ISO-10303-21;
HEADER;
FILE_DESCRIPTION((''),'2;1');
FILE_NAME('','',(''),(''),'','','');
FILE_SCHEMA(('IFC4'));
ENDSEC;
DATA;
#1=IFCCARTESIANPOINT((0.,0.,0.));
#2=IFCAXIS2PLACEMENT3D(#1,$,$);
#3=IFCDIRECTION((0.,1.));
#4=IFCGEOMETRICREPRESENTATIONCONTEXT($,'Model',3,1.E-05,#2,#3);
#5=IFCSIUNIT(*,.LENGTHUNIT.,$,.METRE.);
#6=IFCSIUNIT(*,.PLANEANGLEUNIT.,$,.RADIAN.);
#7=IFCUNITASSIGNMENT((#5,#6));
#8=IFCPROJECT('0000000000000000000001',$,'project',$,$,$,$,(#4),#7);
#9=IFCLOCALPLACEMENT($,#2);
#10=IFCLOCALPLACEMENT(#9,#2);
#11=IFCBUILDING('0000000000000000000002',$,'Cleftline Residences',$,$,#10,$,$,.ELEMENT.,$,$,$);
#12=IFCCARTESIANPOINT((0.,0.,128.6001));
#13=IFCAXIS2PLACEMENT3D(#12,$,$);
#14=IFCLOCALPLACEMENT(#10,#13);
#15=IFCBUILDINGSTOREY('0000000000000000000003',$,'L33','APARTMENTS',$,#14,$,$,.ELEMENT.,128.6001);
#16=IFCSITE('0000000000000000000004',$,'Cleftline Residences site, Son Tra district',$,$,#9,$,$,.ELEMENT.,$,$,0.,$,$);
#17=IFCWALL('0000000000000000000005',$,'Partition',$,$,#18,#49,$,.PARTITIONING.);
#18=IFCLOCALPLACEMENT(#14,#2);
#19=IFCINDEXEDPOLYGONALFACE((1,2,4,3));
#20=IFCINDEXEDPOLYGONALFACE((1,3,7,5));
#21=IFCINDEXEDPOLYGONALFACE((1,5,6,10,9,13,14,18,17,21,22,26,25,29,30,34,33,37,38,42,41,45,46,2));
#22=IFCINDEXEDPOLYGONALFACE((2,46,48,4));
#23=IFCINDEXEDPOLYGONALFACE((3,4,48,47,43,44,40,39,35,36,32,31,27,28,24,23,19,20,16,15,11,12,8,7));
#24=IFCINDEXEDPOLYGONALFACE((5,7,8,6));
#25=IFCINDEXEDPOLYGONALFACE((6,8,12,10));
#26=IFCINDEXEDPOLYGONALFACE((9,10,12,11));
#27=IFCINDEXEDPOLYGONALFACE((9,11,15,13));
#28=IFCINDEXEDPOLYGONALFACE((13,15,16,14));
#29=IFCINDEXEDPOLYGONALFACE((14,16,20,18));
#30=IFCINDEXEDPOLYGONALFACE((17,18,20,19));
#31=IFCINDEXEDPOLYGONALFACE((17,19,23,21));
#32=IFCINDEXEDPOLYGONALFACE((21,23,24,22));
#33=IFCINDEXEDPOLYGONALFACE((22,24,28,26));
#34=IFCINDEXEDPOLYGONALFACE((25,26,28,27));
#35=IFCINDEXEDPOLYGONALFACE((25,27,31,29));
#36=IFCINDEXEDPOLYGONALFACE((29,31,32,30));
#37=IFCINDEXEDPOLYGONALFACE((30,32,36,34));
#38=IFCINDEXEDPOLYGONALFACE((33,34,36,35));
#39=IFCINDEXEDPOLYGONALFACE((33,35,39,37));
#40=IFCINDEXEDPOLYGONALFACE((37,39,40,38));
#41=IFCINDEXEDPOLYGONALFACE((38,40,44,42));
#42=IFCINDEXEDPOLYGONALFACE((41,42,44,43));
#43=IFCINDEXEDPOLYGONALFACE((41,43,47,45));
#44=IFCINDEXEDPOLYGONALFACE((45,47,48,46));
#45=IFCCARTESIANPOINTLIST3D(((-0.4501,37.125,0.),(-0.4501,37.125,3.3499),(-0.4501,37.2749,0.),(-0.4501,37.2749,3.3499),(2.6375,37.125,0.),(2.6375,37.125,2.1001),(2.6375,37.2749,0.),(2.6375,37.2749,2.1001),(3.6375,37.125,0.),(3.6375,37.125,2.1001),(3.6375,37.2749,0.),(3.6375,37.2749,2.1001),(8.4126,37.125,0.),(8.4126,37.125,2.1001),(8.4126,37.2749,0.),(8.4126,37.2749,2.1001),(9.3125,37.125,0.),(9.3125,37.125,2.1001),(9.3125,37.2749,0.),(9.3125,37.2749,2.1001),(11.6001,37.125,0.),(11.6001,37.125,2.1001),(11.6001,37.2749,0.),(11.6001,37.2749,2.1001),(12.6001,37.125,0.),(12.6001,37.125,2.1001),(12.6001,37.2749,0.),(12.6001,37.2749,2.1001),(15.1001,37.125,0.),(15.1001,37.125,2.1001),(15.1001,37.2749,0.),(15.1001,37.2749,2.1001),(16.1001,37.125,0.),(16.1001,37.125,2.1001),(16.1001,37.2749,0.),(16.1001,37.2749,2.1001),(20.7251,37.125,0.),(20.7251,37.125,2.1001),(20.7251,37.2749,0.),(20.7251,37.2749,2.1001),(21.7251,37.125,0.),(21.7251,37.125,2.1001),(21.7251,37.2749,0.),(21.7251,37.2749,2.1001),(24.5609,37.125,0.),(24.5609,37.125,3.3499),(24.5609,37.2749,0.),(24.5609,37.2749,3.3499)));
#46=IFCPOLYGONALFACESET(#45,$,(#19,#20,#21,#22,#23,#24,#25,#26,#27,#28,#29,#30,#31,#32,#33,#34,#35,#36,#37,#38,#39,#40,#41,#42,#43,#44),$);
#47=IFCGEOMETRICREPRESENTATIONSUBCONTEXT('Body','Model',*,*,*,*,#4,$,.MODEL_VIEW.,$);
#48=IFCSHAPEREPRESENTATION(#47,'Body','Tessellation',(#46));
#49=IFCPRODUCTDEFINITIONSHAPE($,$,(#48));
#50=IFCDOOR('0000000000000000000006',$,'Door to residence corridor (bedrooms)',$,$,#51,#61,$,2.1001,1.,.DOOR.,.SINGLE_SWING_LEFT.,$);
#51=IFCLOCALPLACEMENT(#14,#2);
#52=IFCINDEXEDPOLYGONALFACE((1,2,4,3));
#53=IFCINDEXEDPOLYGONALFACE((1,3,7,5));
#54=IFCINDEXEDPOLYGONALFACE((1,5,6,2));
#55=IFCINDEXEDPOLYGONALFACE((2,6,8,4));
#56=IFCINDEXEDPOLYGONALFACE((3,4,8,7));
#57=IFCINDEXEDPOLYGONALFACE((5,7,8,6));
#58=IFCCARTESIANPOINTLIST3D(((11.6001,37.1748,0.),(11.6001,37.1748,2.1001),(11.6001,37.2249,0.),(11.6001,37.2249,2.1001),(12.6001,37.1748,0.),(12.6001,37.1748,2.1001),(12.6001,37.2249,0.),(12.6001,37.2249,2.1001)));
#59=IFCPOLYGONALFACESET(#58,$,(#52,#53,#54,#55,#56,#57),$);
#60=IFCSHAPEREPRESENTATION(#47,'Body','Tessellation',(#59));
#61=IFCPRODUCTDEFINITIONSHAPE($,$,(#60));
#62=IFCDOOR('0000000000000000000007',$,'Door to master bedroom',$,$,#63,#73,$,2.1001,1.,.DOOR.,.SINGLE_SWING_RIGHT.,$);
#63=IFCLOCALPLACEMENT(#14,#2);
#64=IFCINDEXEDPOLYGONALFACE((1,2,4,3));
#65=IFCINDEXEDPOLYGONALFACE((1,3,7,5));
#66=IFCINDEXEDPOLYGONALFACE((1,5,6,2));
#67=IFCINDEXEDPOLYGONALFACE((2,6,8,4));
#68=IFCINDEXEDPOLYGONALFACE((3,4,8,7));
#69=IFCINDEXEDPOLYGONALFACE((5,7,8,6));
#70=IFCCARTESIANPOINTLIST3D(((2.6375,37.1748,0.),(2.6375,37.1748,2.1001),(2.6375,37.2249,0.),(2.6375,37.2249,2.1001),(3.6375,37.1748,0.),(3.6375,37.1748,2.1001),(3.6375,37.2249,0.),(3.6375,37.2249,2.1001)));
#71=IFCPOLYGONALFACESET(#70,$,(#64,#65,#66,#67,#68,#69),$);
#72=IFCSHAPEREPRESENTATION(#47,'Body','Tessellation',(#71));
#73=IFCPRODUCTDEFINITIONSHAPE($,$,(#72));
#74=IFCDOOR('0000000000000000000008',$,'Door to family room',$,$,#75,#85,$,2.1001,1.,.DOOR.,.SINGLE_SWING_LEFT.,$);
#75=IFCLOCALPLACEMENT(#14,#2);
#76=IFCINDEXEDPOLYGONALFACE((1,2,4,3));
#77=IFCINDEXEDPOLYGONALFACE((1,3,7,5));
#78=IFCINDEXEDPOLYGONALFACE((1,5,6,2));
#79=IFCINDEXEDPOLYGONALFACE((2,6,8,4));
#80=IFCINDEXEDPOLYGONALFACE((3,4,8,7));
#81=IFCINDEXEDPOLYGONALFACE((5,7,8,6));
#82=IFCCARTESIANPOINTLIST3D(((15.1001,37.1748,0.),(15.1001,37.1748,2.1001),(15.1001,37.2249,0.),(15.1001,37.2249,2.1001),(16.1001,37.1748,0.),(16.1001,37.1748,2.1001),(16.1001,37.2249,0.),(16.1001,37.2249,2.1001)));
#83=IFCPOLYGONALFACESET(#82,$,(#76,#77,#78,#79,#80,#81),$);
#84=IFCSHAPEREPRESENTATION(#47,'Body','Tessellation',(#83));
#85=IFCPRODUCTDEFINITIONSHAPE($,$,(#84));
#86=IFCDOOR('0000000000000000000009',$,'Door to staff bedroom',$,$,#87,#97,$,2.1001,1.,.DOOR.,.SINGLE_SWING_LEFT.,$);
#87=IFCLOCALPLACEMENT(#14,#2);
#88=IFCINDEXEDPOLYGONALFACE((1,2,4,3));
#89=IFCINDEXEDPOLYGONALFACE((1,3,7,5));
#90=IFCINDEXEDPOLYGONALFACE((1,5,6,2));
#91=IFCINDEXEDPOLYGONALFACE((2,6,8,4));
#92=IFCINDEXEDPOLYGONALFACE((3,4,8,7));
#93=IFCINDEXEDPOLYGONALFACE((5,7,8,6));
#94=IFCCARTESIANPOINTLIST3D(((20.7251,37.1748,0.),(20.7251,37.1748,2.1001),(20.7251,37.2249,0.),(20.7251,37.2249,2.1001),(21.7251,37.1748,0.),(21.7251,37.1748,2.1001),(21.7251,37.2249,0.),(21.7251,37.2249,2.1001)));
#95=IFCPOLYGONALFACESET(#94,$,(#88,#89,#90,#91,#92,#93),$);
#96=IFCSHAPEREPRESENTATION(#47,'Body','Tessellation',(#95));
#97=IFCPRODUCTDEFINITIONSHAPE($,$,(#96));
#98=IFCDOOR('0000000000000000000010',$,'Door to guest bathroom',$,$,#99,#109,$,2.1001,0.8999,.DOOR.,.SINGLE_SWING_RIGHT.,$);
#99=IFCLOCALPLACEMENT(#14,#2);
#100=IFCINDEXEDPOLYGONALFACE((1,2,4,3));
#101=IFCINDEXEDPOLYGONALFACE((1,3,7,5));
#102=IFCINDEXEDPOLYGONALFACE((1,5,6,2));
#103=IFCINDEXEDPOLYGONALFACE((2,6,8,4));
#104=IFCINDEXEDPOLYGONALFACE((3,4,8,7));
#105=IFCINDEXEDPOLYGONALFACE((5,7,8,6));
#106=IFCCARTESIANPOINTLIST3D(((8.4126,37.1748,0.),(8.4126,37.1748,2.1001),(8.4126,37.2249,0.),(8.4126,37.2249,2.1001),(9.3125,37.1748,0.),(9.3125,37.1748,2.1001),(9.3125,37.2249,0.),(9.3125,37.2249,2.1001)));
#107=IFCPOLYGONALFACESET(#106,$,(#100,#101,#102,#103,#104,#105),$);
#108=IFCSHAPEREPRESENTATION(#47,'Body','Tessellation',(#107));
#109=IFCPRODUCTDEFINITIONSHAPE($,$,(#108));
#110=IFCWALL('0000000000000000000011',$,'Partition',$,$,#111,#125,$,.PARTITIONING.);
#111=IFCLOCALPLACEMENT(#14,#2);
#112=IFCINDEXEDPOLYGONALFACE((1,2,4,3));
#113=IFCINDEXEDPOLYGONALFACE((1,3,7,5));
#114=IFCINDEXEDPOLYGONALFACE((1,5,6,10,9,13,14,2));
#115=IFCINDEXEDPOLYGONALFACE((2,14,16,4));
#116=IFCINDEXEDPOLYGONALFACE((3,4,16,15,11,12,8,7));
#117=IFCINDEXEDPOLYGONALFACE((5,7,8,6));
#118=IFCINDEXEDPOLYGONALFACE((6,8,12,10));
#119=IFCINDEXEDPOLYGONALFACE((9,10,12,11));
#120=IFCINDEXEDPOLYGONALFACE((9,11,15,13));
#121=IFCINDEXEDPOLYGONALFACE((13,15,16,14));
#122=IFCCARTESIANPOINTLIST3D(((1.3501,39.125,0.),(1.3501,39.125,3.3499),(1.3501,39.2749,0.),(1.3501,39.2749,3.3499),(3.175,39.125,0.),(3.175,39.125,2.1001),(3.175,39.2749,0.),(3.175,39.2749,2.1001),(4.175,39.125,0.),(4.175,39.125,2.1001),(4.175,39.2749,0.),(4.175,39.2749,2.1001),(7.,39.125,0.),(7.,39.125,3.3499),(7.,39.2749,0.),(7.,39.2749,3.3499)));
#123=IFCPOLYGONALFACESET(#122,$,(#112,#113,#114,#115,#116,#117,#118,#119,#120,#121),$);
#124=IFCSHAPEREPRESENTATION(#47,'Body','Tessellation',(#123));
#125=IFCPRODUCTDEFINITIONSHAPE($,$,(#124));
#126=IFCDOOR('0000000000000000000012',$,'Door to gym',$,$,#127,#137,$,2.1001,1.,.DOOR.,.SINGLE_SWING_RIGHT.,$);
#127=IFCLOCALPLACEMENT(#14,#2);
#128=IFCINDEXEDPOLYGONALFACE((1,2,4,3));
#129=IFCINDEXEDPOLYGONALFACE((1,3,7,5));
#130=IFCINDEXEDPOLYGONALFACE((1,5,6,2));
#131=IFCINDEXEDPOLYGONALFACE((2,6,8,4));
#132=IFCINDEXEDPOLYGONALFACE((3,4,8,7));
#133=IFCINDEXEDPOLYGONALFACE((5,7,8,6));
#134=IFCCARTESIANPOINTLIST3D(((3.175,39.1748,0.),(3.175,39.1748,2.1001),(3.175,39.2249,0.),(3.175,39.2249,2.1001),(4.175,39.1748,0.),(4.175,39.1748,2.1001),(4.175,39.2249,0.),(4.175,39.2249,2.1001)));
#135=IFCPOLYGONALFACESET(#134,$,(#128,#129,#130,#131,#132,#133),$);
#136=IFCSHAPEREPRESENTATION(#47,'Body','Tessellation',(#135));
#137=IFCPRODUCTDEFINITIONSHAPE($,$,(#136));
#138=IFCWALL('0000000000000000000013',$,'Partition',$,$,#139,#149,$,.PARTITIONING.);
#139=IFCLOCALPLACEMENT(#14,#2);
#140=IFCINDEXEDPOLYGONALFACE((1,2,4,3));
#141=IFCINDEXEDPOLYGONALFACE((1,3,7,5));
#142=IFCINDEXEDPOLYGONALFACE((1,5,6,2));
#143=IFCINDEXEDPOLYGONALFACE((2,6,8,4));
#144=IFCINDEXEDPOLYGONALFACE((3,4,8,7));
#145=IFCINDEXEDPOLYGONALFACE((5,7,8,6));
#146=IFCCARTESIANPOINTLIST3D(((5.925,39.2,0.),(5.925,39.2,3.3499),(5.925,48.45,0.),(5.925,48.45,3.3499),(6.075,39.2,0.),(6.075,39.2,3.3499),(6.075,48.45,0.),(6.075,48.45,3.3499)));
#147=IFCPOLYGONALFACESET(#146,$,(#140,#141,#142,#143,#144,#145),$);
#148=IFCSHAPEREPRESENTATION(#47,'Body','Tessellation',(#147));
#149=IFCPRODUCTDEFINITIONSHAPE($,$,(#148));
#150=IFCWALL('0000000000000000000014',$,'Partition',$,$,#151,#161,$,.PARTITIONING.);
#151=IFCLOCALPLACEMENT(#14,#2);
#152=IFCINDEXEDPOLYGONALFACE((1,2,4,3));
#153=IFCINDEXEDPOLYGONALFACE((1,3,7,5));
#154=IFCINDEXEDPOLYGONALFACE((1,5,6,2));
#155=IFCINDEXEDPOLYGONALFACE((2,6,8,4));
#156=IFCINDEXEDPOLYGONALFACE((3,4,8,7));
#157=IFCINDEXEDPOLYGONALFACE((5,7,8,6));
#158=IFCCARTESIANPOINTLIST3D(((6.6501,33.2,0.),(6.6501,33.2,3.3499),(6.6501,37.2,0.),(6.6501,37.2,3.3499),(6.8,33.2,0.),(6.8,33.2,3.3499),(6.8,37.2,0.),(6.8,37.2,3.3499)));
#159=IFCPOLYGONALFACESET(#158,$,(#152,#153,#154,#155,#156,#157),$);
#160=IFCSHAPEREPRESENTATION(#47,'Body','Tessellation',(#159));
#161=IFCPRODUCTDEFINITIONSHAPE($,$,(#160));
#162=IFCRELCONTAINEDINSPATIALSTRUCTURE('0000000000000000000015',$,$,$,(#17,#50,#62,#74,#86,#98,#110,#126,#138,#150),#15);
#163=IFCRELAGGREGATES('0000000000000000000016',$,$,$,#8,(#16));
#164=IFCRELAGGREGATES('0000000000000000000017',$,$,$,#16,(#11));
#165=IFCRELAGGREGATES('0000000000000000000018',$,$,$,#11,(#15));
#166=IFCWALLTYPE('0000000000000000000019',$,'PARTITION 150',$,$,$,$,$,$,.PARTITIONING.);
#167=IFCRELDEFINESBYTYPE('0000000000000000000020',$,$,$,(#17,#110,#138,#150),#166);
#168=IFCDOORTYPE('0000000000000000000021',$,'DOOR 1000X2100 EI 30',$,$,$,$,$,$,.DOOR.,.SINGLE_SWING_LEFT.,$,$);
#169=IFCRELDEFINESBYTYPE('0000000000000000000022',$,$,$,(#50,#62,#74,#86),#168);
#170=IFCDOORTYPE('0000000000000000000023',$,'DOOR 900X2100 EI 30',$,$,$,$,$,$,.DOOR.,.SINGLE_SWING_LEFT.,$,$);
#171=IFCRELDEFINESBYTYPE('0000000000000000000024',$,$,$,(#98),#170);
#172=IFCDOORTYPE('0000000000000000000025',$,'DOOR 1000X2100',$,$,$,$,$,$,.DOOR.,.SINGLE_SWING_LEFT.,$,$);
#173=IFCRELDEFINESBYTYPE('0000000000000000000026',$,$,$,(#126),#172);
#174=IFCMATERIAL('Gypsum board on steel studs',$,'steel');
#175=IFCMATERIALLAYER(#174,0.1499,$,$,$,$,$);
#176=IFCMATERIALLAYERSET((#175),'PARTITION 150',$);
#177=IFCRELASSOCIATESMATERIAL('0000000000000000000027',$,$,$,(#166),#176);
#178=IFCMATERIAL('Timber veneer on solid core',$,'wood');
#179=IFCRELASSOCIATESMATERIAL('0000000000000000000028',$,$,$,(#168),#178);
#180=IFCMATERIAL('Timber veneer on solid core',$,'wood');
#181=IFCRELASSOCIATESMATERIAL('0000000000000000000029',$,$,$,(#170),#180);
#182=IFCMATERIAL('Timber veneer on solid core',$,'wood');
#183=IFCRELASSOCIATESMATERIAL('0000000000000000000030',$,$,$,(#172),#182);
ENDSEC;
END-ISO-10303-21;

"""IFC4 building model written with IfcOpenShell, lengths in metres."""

from ifc_helpers import new_model, si_unit, direction, frame, frame_2d, origin, place, context, subcontext, project, spatial, rectangle, extrude, material, layer, layer_set, type_object, element, fill, save


model = new_model("IFC4")

# Units and contexts
model_context = context("Model", 3, precision=1e-05, world=origin(), true_north=direction((0.0, 1.0)))
body_context = subcontext(model_context, "Body", "Model", "MODEL_VIEW")
ifc_project = project(units=[si_unit("LENGTHUNIT", "METRE"), si_unit("PLANEANGLEUNIT", "RADIAN")], contexts=[model_context])

# Site, building, storey
site_placement = place(None, origin())
site = spatial("IfcSite", under=ifc_project, at=site_placement, Name="Cleftline Residences site, Son Tra district", CompositionType="ELEMENT", RefElevation=0.0)
building_placement = place(site_placement, origin())
building = spatial("IfcBuilding", under=site, at=building_placement, Name="Cleftline Residences", CompositionType="ELEMENT")
storey_placement = place(building_placement, frame((0.0, 0.0, 128.6001)))
storey = spatial("IfcBuildingStorey", under=building, at=storey_placement, Name="L33", Description="APARTMENTS", CompositionType="ELEMENT", Elevation=128.6001)

# Shared definitions
ifc_material_1 = material(Name="Gypsum board on steel studs", Category="steel")
ifc_layer = layer(ifc_material_1, 0.1499)
ifc_layer_set = layer_set([ifc_layer], Name="PARTITION 150")
wall_type = type_object("IfcWallType", Name="PARTITION 150", PredefinedType="PARTITIONING", material=ifc_layer_set)

# Wall, openings, doors
wall_1_placement = place(storey_placement, frame((-0.45, 37.2, 0.0), z_axis=(0.0, 0.0, 1.0), x_axis=(1.0, 0.0, 0.0)))
wall_1 = element("IfcWall", 1, at=wall_1_placement, inside=storey, type_object=wall_type, Name="Partition", PredefinedType="PARTITIONING", context=body_context, shape_type="SweptSolid", body=[
    extrude(rectangle(XDim=25.011, YDim=0.1499, at=frame_2d((12.5054, 0.0))), origin(), (0.0, 0.0, 1.0), 3.3499),
])
opening_1_placement = place(wall_1_placement, frame((12.05, 0.0, 0.0)))
opening_1 = element("IfcOpeningElement", 2, at=opening_1_placement, cuts=wall_1, PredefinedType="OPENING", context=body_context, shape_type="SweptSolid", body=[
    extrude(rectangle(XDim=1.0, YDim=2.1001, at=frame_2d((0.5, 1.05))), frame((0.0, 0.085, 0.0), z_axis=(0.0, -1.0, 0.0), x_axis=(1.0, 0.0, 0.0)), (0.0, 0.0, 1.0), 0.1699),
])
opening_2_placement = place(wall_1_placement, frame((3.0874, 0.0, 0.0)))
opening_2 = element("IfcOpeningElement", 3, at=opening_2_placement, cuts=wall_1, PredefinedType="OPENING", context=body_context, shape_type="SweptSolid", body=[
    extrude(rectangle(XDim=1.0, YDim=2.1001, at=frame_2d((0.5, 1.05))), frame((0.0, 0.085, 0.0), z_axis=(0.0, -1.0, 0.0), x_axis=(1.0, 0.0, 0.0)), (0.0, 0.0, 1.0), 0.1699),
])
opening_3_placement = place(wall_1_placement, frame((8.8625, 0.0, 0.0)))
opening_3 = element("IfcOpeningElement", 4, at=opening_3_placement, cuts=wall_1, PredefinedType="OPENING", context=body_context, shape_type="SweptSolid", body=[
    extrude(rectangle(XDim=0.8999, YDim=2.1001, at=frame_2d((0.45, 1.05))), frame((0.0, 0.085, 0.0), z_axis=(0.0, -1.0, 0.0), x_axis=(1.0, 0.0, 0.0)), (0.0, 0.0, 1.0), 0.1699),
])
opening_4_placement = place(wall_1_placement, frame((15.55, 0.0, 0.0)))
opening_4 = element("IfcOpeningElement", 5, at=opening_4_placement, cuts=wall_1, PredefinedType="OPENING", context=body_context, shape_type="SweptSolid", body=[
    extrude(rectangle(XDim=1.0, YDim=2.1001, at=frame_2d((0.5, 1.05))), frame((0.0, 0.085, 0.0), z_axis=(0.0, -1.0, 0.0), x_axis=(1.0, 0.0, 0.0)), (0.0, 0.0, 1.0), 0.1699),
])
opening_5_placement = place(wall_1_placement, frame((21.175, 0.0, 0.0)))
opening_5 = element("IfcOpeningElement", 6, at=opening_5_placement, cuts=wall_1, PredefinedType="OPENING", context=body_context, shape_type="SweptSolid", body=[
    extrude(rectangle(XDim=1.0, YDim=2.1001, at=frame_2d((0.5, 1.05))), frame((0.0, 0.085, 0.0), z_axis=(0.0, -1.0, 0.0), x_axis=(1.0, 0.0, 0.0)), (0.0, 0.0, 1.0), 0.1699),
])
ifc_material_2 = material(Name="Timber veneer on solid core", Category="wood")
door_type_1 = type_object("IfcDoorType", Name="DOOR 1000X2100 EI 30", OperationType="SINGLE_SWING_LEFT", PredefinedType="DOOR", material=ifc_material_2)
door_1_placement = place(opening_1_placement, origin())
door_1 = element("IfcDoor", 7, at=door_1_placement, inside=storey, type_object=door_type_1, Name="Door to residence corridor (bedrooms)", OperationType="SINGLE_SWING_LEFT", OverallHeight=2.1001, OverallWidth=1.0, PredefinedType="DOOR", context=body_context, shape_type="SweptSolid", body=[
    extrude(rectangle(XDim=1.0, YDim=2.1001, at=frame_2d((0.5, 1.05))), frame((0.0, 0.0249, 0.0), z_axis=(0.0, -1.0, 0.0), x_axis=(1.0, 0.0, 0.0)), (0.0, 0.0, 1.0), 0.05),
])
fill(opening_1, door_1)
door_2_placement = place(opening_2_placement, origin())
door_2 = element("IfcDoor", 8, at=door_2_placement, inside=storey, type_object=door_type_1, Name="Door to master bedroom", OperationType="SINGLE_SWING_RIGHT", OverallHeight=2.1001, OverallWidth=1.0, PredefinedType="DOOR", context=body_context, shape_type="SweptSolid", body=[
    extrude(rectangle(XDim=1.0, YDim=2.1001, at=frame_2d((0.5, 1.05))), frame((0.0, 0.0249, 0.0), z_axis=(0.0, -1.0, 0.0), x_axis=(1.0, 0.0, 0.0)), (0.0, 0.0, 1.0), 0.05),
])
fill(opening_2, door_2)
door_3_placement = place(opening_4_placement, origin())
door_3 = element("IfcDoor", 9, at=door_3_placement, inside=storey, type_object=door_type_1, Name="Door to family room", OperationType="SINGLE_SWING_LEFT", OverallHeight=2.1001, OverallWidth=1.0, PredefinedType="DOOR", context=body_context, shape_type="SweptSolid", body=[
    extrude(rectangle(XDim=1.0, YDim=2.1001, at=frame_2d((0.5, 1.05))), frame((0.0, 0.0249, 0.0), z_axis=(0.0, -1.0, 0.0), x_axis=(1.0, 0.0, 0.0)), (0.0, 0.0, 1.0), 0.05),
])
fill(opening_4, door_3)
door_4_placement = place(opening_5_placement, origin())
door_4 = element("IfcDoor", 10, at=door_4_placement, inside=storey, type_object=door_type_1, Name="Door to staff bedroom", OperationType="SINGLE_SWING_LEFT", OverallHeight=2.1001, OverallWidth=1.0, PredefinedType="DOOR", context=body_context, shape_type="SweptSolid", body=[
    extrude(rectangle(XDim=1.0, YDim=2.1001, at=frame_2d((0.5, 1.05))), frame((0.0, 0.0249, 0.0), z_axis=(0.0, -1.0, 0.0), x_axis=(1.0, 0.0, 0.0)), (0.0, 0.0, 1.0), 0.05),
])
fill(opening_5, door_4)
ifc_material_3 = material(Name="Timber veneer on solid core", Category="wood")
door_type_2 = type_object("IfcDoorType", Name="DOOR 900X2100 EI 30", OperationType="SINGLE_SWING_LEFT", PredefinedType="DOOR", material=ifc_material_3)
door_5_placement = place(opening_3_placement, origin())
door_5 = element("IfcDoor", 11, at=door_5_placement, inside=storey, type_object=door_type_2, Name="Door to guest bathroom", OperationType="SINGLE_SWING_RIGHT", OverallHeight=2.1001, OverallWidth=0.8999, PredefinedType="DOOR", context=body_context, shape_type="SweptSolid", body=[
    extrude(rectangle(XDim=0.8999, YDim=2.1001, at=frame_2d((0.45, 1.05))), frame((0.0, 0.0249, 0.0), z_axis=(0.0, -1.0, 0.0), x_axis=(1.0, 0.0, 0.0)), (0.0, 0.0, 1.0), 0.05),
])
fill(opening_3, door_5)

# Wall, opening, door
wall_2_placement = place(storey_placement, frame((1.3501, 39.2, 0.0), z_axis=(0.0, 0.0, 1.0), x_axis=(1.0, 0.0, 0.0)))
wall_2 = element("IfcWall", 12, at=wall_2_placement, inside=storey, type_object=wall_type, Name="Partition", PredefinedType="PARTITIONING", context=body_context, shape_type="SweptSolid", body=[
    extrude(rectangle(XDim=5.6499, YDim=0.1499, at=frame_2d((2.825, 0.0))), origin(), (0.0, 0.0, 1.0), 3.3499),
])
opening_6_placement = place(wall_2_placement, frame((1.825, 0.0, 0.0)))
opening_6 = element("IfcOpeningElement", 13, at=opening_6_placement, cuts=wall_2, PredefinedType="OPENING", context=body_context, shape_type="SweptSolid", body=[
    extrude(rectangle(XDim=1.0, YDim=2.1001, at=frame_2d((0.5, 1.05))), frame((0.0, 0.085, 0.0), z_axis=(0.0, -1.0, 0.0), x_axis=(1.0, 0.0, 0.0)), (0.0, 0.0, 1.0), 0.1699),
])
ifc_material_4 = material(Name="Timber veneer on solid core", Category="wood")
door_type_3 = type_object("IfcDoorType", Name="DOOR 1000X2100", OperationType="SINGLE_SWING_LEFT", PredefinedType="DOOR", material=ifc_material_4)
door_6_placement = place(opening_6_placement, origin())
door_6 = element("IfcDoor", 14, at=door_6_placement, inside=storey, type_object=door_type_3, Name="Door to gym", OperationType="SINGLE_SWING_RIGHT", OverallHeight=2.1001, OverallWidth=1.0, PredefinedType="DOOR", context=body_context, shape_type="SweptSolid", body=[
    extrude(rectangle(XDim=1.0, YDim=2.1001, at=frame_2d((0.5, 1.05))), frame((0.0, 0.0249, 0.0), z_axis=(0.0, -1.0, 0.0), x_axis=(1.0, 0.0, 0.0)), (0.0, 0.0, 1.0), 0.05),
])
fill(opening_6, door_6)

# Walls
wall_3_placement = place(storey_placement, frame((6.0, 39.2, 0.0), z_axis=(0.0, 0.0, 1.0), x_axis=(0.0, 1.0, 0.0)))
element("IfcWall", 15, at=wall_3_placement, inside=storey, type_object=wall_type, Name="Partition", PredefinedType="PARTITIONING", context=body_context, shape_type="SweptSolid", body=[
    extrude(rectangle(XDim=9.25, YDim=0.1499, at=frame_2d((4.625, 0.0))), origin(), (0.0, 0.0, 1.0), 3.3499),
])
wall_4_placement = place(storey_placement, frame((6.7251, 33.2, 0.0), z_axis=(0.0, 0.0, 1.0), x_axis=(0.0, 1.0, 0.0)))
element("IfcWall", 16, at=wall_4_placement, inside=storey, type_object=wall_type, Name="Partition", PredefinedType="PARTITIONING", context=body_context, shape_type="SweptSolid", body=[
    extrude(rectangle(XDim=4.0, YDim=0.1499, at=frame_2d((2.0, 0.0))), origin(), (0.0, 0.0, 1.0), 3.3499),
])

save(model, "model.ifc")
